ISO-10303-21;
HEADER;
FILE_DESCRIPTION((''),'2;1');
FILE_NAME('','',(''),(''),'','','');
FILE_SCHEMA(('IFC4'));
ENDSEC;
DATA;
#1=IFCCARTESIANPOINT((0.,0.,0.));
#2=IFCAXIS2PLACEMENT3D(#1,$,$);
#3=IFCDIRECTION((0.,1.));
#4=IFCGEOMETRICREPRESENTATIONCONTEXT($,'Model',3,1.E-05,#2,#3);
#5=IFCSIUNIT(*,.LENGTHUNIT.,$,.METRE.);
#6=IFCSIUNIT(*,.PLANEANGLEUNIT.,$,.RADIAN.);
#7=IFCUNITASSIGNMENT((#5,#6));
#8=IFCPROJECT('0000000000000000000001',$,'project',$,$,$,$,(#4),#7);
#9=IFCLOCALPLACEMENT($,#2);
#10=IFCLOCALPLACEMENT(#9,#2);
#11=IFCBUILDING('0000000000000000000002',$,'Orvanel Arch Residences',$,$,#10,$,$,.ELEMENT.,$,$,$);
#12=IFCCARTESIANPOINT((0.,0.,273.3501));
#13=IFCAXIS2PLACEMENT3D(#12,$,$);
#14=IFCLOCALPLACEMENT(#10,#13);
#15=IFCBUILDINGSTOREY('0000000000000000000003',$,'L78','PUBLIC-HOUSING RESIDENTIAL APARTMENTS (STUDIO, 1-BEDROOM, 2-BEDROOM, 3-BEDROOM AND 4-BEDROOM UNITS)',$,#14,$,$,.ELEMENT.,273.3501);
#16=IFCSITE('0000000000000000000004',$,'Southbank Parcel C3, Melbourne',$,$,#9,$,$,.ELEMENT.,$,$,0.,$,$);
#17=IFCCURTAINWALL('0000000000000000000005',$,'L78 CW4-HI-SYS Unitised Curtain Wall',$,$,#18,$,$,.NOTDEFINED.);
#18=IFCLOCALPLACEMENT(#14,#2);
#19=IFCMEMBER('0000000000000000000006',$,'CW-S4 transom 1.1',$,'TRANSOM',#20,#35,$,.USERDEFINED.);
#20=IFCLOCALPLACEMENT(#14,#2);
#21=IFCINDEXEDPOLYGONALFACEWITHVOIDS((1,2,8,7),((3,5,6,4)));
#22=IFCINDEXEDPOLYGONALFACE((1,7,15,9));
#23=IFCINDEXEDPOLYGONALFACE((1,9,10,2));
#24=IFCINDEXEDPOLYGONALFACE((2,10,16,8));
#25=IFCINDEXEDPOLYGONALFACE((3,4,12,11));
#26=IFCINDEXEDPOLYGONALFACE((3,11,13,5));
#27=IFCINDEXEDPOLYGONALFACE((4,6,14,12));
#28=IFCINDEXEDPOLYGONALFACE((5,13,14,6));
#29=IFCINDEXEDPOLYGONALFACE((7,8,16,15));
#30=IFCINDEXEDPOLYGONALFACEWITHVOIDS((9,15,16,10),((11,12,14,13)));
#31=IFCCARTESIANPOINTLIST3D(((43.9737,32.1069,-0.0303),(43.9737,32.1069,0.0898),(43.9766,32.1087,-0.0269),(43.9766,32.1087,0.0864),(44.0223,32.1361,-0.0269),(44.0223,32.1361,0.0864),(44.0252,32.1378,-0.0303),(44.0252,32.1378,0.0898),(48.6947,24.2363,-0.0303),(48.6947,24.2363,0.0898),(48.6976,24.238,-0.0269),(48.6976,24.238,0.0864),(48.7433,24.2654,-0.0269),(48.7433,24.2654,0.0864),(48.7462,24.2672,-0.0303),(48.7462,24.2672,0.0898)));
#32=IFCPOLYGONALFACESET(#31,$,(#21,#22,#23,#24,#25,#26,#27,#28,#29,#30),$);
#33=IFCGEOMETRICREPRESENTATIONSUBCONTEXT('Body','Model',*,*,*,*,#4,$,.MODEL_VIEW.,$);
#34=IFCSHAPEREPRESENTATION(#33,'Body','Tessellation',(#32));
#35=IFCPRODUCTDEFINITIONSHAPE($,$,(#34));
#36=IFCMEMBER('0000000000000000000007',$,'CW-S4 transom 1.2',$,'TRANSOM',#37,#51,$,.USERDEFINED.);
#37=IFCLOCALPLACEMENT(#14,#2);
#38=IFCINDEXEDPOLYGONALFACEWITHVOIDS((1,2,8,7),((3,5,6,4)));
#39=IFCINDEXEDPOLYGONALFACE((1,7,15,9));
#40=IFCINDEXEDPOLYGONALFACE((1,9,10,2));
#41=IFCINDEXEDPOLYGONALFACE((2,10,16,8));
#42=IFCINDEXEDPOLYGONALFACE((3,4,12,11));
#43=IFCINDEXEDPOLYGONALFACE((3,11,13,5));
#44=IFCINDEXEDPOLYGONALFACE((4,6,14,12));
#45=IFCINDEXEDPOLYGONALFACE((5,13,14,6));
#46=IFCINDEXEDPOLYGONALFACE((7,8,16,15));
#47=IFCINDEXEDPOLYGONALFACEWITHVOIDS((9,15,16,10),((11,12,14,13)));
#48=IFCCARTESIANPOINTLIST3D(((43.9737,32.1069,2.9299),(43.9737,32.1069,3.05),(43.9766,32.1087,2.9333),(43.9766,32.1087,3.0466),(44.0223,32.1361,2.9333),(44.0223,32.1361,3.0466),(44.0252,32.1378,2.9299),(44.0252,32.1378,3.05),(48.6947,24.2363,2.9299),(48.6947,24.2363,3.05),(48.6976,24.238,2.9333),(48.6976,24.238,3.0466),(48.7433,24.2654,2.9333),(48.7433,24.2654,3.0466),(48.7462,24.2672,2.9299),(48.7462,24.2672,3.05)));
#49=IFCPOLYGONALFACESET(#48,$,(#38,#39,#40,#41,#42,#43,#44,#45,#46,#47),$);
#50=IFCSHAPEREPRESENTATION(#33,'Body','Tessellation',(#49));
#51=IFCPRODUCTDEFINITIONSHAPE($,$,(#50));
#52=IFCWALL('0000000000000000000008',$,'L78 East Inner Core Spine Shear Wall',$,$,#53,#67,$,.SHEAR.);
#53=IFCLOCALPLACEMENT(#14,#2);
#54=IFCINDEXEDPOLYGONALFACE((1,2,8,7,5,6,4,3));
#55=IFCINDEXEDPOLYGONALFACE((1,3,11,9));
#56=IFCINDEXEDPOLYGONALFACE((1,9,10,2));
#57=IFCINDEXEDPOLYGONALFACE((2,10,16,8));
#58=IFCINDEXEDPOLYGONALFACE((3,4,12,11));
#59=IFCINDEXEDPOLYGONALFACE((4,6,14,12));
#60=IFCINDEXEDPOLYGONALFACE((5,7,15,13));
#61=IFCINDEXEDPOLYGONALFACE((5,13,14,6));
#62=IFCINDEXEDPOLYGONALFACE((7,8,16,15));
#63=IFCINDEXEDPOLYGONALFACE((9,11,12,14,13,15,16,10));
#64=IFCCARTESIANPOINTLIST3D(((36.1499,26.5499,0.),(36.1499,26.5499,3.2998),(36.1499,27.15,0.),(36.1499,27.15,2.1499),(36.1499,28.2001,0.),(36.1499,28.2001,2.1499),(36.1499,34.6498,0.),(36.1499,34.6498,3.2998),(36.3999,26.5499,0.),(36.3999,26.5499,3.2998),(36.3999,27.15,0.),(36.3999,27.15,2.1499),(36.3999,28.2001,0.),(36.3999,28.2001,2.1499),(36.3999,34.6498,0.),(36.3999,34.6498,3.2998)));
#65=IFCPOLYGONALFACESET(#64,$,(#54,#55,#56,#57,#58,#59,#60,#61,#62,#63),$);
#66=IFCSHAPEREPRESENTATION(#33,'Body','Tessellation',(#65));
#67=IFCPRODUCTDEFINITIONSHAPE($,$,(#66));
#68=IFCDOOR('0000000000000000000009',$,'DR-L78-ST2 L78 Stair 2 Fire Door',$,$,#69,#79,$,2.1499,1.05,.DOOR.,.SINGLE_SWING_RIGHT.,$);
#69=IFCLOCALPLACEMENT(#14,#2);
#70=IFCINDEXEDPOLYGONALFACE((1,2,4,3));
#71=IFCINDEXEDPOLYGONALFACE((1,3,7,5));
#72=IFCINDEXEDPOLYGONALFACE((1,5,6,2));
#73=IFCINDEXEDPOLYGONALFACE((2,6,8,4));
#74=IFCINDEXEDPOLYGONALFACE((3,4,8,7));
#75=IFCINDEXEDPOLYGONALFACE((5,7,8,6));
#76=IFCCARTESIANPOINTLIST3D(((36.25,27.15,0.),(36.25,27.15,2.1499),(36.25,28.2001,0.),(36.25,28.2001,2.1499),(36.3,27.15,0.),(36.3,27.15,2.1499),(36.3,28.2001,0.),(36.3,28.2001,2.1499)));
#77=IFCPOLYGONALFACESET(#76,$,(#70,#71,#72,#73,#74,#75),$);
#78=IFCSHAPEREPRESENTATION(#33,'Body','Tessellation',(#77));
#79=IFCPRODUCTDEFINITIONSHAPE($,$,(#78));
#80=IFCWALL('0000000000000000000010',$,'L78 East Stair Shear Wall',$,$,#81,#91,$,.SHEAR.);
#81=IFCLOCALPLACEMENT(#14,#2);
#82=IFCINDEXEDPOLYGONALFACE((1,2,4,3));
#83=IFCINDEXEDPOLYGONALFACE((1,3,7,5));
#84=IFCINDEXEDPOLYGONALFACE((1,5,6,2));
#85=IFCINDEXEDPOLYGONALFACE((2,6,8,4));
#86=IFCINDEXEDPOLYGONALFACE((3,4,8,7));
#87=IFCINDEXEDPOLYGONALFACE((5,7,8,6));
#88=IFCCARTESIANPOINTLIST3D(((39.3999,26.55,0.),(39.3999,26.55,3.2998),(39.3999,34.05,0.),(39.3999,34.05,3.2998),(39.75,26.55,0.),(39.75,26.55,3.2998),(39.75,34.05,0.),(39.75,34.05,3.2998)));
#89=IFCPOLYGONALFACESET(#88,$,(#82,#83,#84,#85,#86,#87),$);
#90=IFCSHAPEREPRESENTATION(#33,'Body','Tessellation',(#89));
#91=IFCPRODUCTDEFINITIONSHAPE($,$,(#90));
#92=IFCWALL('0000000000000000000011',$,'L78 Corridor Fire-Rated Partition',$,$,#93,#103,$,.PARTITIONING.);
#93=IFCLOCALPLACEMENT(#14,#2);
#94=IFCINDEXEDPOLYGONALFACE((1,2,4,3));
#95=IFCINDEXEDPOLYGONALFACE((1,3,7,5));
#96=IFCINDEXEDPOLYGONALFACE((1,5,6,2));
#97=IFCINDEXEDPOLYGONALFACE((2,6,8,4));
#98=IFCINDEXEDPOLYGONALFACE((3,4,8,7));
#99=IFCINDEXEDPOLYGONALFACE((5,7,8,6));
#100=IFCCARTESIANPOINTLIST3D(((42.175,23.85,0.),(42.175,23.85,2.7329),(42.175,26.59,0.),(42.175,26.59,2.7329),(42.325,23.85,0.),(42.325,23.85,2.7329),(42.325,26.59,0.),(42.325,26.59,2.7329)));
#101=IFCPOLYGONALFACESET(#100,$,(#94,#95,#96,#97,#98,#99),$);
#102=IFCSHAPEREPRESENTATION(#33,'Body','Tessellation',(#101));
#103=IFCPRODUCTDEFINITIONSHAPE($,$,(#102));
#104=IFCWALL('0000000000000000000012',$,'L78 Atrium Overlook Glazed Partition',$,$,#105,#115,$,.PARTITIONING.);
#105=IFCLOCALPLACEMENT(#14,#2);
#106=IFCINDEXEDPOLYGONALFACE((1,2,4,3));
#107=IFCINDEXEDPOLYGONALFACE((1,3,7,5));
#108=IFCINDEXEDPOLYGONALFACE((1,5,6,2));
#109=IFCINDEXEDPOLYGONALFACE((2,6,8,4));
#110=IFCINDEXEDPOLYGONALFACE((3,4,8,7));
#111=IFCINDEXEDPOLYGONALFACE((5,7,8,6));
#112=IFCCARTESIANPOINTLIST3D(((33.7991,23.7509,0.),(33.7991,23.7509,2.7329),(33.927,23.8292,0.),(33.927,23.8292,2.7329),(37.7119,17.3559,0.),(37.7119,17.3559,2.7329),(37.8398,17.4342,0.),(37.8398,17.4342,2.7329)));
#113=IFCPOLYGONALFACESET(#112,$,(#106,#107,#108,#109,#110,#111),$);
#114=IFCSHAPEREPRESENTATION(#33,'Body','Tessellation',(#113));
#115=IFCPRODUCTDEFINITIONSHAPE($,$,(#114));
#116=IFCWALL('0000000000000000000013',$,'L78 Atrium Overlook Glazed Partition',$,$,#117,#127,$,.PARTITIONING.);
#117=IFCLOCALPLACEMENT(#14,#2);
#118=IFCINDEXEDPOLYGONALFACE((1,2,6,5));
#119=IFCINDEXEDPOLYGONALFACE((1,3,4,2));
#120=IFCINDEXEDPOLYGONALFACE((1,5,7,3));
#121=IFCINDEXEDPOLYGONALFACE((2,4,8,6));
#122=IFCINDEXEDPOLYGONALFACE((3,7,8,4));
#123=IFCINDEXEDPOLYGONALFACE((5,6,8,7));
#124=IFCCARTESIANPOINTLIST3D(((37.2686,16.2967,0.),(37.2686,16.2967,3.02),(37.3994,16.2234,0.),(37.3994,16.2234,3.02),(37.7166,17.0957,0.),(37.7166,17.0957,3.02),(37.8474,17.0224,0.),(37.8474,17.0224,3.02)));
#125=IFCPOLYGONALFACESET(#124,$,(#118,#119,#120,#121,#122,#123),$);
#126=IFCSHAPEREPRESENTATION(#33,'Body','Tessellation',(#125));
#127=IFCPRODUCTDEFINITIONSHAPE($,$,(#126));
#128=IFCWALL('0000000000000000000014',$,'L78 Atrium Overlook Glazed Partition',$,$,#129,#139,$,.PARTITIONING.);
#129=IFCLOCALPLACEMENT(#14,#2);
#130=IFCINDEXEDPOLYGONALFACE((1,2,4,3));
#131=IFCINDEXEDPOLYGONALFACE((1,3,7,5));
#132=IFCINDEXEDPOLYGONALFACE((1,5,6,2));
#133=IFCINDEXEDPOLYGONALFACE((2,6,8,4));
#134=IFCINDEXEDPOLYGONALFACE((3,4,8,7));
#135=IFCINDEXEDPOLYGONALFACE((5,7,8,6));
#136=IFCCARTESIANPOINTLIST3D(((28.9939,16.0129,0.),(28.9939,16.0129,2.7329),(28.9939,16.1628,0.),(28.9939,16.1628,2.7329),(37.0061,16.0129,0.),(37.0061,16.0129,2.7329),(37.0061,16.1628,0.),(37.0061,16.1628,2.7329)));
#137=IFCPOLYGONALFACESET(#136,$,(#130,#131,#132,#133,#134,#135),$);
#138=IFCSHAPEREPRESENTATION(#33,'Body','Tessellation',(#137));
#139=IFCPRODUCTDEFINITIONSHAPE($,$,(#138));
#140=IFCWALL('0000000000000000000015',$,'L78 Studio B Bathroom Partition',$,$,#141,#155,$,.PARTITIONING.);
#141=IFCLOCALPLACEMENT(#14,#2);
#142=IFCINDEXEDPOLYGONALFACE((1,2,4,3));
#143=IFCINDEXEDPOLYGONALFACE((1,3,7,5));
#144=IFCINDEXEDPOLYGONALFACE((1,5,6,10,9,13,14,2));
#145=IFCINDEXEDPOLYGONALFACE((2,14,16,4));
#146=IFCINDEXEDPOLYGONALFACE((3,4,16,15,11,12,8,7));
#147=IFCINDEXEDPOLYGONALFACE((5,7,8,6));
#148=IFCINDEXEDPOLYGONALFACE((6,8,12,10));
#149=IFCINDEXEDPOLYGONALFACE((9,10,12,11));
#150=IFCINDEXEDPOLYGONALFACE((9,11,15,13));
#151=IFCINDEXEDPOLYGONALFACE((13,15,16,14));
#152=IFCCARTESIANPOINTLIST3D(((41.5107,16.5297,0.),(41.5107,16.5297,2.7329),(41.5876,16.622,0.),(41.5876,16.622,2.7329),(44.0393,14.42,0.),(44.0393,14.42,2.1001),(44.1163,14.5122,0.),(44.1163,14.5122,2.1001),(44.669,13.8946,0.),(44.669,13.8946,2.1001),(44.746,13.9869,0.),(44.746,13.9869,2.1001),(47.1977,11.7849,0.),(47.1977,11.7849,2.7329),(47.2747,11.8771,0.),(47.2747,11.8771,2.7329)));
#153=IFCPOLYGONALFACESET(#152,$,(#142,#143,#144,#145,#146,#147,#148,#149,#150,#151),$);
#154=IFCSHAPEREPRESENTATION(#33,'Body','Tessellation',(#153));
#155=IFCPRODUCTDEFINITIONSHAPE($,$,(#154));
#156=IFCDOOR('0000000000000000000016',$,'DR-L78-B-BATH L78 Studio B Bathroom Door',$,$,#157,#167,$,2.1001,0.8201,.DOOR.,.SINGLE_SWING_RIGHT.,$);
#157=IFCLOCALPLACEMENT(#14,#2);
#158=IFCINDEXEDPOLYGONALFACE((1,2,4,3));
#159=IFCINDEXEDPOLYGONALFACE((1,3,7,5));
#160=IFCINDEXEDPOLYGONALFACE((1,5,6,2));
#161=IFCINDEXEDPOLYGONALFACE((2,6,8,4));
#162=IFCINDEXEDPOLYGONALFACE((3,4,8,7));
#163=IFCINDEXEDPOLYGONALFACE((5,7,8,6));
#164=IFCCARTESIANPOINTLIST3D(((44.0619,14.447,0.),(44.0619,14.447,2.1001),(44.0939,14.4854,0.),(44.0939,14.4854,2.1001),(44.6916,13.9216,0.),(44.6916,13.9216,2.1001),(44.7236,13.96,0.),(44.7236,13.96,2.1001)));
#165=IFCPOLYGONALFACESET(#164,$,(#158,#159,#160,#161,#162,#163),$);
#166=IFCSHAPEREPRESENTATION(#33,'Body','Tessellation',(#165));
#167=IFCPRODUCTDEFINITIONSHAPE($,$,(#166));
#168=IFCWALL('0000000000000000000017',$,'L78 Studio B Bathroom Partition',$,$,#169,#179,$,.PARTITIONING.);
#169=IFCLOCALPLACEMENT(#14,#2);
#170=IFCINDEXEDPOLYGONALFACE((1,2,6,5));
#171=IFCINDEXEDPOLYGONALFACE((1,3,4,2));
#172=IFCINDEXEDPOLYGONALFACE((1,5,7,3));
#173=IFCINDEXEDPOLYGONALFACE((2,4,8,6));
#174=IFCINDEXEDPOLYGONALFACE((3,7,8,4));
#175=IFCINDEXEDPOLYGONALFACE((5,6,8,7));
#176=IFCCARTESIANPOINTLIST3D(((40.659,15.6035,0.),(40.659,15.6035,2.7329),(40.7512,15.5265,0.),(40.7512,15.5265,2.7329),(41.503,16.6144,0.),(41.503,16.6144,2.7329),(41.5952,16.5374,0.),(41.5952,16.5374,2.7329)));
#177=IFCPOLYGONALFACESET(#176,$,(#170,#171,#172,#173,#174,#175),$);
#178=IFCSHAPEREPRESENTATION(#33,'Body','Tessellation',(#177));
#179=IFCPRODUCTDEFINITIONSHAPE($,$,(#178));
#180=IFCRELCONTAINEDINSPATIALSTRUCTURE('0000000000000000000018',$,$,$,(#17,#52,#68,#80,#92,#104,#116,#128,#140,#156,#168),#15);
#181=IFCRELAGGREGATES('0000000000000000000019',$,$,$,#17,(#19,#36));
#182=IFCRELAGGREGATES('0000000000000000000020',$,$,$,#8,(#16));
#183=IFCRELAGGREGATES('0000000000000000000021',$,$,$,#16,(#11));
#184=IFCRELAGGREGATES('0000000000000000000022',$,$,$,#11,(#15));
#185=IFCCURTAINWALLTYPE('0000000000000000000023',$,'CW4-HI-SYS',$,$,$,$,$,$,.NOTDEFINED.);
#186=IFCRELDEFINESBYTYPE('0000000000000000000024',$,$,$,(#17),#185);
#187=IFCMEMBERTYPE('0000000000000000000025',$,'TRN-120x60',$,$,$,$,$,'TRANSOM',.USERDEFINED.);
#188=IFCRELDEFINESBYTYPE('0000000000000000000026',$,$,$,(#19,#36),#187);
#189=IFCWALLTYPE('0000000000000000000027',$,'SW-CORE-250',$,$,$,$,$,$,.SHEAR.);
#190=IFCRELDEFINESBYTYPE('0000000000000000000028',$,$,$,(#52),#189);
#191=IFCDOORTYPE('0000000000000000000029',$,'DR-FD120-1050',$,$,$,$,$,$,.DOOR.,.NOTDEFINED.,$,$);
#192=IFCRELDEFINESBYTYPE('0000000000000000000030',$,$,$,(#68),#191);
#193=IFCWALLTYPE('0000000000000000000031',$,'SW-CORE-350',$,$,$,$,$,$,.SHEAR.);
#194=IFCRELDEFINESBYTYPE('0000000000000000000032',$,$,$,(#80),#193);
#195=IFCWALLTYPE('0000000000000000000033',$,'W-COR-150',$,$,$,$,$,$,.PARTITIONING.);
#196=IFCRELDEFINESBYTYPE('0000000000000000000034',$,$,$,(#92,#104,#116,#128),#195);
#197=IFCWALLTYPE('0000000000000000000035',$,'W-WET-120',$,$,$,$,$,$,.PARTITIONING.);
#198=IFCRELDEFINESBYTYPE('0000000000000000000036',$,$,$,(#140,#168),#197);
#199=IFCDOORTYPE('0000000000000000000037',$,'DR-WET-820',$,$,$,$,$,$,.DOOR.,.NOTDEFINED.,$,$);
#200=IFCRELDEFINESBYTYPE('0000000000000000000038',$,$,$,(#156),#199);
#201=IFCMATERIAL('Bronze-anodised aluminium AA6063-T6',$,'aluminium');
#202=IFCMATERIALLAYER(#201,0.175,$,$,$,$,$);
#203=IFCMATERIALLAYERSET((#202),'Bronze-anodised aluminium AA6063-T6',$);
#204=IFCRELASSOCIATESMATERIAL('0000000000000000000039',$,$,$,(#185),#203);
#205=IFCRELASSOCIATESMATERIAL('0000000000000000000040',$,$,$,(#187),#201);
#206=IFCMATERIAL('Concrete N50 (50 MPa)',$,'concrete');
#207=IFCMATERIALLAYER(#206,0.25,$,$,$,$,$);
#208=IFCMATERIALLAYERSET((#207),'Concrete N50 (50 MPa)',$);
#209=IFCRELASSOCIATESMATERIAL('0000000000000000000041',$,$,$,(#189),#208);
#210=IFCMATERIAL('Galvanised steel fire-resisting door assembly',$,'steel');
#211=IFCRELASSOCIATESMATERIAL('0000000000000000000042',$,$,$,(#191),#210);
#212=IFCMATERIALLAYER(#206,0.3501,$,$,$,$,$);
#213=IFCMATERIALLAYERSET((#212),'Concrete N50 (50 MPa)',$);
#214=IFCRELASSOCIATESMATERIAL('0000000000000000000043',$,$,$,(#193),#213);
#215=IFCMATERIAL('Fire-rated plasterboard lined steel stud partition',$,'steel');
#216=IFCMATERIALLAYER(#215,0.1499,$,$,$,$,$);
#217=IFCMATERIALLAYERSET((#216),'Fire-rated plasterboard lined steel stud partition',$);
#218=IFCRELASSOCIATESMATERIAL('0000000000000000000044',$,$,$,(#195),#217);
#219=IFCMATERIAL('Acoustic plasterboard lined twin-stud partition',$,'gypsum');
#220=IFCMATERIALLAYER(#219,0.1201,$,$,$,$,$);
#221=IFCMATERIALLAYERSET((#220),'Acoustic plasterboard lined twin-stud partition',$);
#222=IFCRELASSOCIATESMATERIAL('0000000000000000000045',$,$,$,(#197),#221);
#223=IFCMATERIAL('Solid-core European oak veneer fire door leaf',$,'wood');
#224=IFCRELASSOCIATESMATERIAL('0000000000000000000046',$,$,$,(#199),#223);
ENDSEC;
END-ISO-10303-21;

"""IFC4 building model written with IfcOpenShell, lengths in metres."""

from ifc_helpers import new_model, si_unit, direction, frame, frame_2d, origin, origin_2d, place, context, subcontext, project, spatial, rectangle, hollow_rectangle, extrude, material, layer, layer_set, material_profile, profile_set, type_object, element, fill, aggregate, save


model = new_model("IFC4")

# Units and contexts
model_context = context("Model", 3, precision=1e-05, world=origin(), true_north=direction((0.0, 1.0)))
body_context = subcontext(model_context, "Body", "Model", "MODEL_VIEW")
ifc_project = project(units=[si_unit("LENGTHUNIT", "METRE"), si_unit("PLANEANGLEUNIT", "RADIAN")], contexts=[model_context])

# Site, building, storey
site_placement = place(None, origin())
site = spatial("IfcSite", under=ifc_project, at=site_placement, Name="Southbank Parcel C3, Melbourne", CompositionType="ELEMENT", RefElevation=0.0)
building_placement = place(site_placement, origin())
building = spatial("IfcBuilding", under=site, at=building_placement, Name="Orvanel Arch Residences", CompositionType="ELEMENT")
storey_placement = place(building_placement, frame((0.0, 0.0, 273.3501)))
storey = spatial("IfcBuildingStorey", under=building, at=storey_placement, Name="L78", Description="PUBLIC-HOUSING RESIDENTIAL APARTMENTS (STUDIO, 1-BEDROOM, 2-BEDROOM, 3-BEDROOM AND 4-BEDROOM UNITS)", CompositionType="ELEMENT", Elevation=273.3501)

# Curtain wall, members
ifc_material_1 = material(Name="Bronze-anodised aluminium AA6063-T6", Category="aluminium")
ifc_layer_1 = layer(ifc_material_1, 0.175)
ifc_layer_set_1 = layer_set([ifc_layer_1], Name="Bronze-anodised aluminium AA6063-T6")
curtain_wall_type = type_object("IfcCurtainWallType", Name="CW4-HI-SYS", PredefinedType="NOTDEFINED", material=ifc_layer_set_1)
curtain_wall_placement = place(storey_placement, origin())
curtain_wall = element("IfcCurtainWall", 1, at=curtain_wall_placement, inside=storey, type_object=curtain_wall_type, Name="L78 CW4-HI-SYS Unitised Curtain Wall", PredefinedType="NOTDEFINED")
ifc_material_profile = material_profile(ifc_material_1, hollow_rectangle(XDim=0.0601, YDim=0.1201, WallThickness=0.0034, at=origin_2d()), Name="ALU120x60x3.5")
ifc_profile_set = profile_set([ifc_material_profile], Name="Bronze-anodised aluminium AA6063-T6")
member_type = type_object("IfcMemberType", Name="TRN-120x60", ElementType="TRANSOM", PredefinedType="USERDEFINED", material=ifc_profile_set)
member_1_placement = place(storey_placement, frame((48.7205, 24.2517, 0.0298), z_axis=(-0.514382, 0.857561, 0.0), x_axis=(-0.857561, -0.514382, 0.0)))
member_1 = element("IfcMember", 2, at=member_1_placement, type_object=member_type, Name="CW-S4 transom 1.1", ObjectType="TRANSOM", PredefinedType="USERDEFINED", context=body_context, shape_type="SweptSolid", body=[
    extrude(hollow_rectangle(XDim=0.0601, YDim=0.1201, WallThickness=0.0034, at=origin_2d()), origin(), (0.0, 0.0, 1.0), 9.178),
])
member_2_placement = place(storey_placement, frame((48.7205, 24.2517, 2.99), z_axis=(-0.514382, 0.857561, 0.0), x_axis=(-0.857561, -0.514382, 0.0)))
member_2 = element("IfcMember", 3, at=member_2_placement, type_object=member_type, Name="CW-S4 transom 1.2", ObjectType="TRANSOM", PredefinedType="USERDEFINED", context=body_context, shape_type="SweptSolid", body=[
    extrude(hollow_rectangle(XDim=0.0601, YDim=0.1201, WallThickness=0.0034, at=origin_2d()), origin(), (0.0, 0.0, 1.0), 9.178),
])
aggregate(curtain_wall, [member_1, member_2])

# Wall, opening, door
ifc_material_2 = material(Name="Concrete N50 (50 MPa)", Category="concrete")
ifc_layer_2 = layer(ifc_material_2, 0.25)
ifc_layer_set_2 = layer_set([ifc_layer_2], Name="Concrete N50 (50 MPa)")
wall_type_1 = type_object("IfcWallType", Name="SW-CORE-250", PredefinedType="SHEAR", material=ifc_layer_set_2)
wall_1_placement = place(storey_placement, frame((36.2749, 26.55, 0.0), z_axis=(0.0, 0.0, 1.0), x_axis=(0.0, 1.0, 0.0)))
wall_1 = element("IfcWall", 4, at=wall_1_placement, inside=storey, type_object=wall_type_1, Name="L78 East Inner Core Spine Shear Wall", PredefinedType="SHEAR", context=body_context, shape_type="SweptSolid", body=[
    extrude(rectangle(XDim=8.0999, YDim=0.25, at=frame_2d((4.0498, 0.0))), origin(), (0.0, 0.0, 1.0), 3.2998),
])
opening_1_placement = place(wall_1_placement, frame((0.6001, 0.0, 0.0)))
opening_1 = element("IfcOpeningElement", 5, at=opening_1_placement, cuts=wall_1, PredefinedType="OPENING", context=body_context, shape_type="SweptSolid", body=[
    extrude(rectangle(XDim=1.05, YDim=2.1499, at=frame_2d((0.5249, 1.075))), frame((0.0, 0.135, 0.0), z_axis=(0.0, -1.0, 0.0), x_axis=(1.0, 0.0, 0.0)), (0.0, 0.0, 1.0), 0.27),
])
ifc_material_3 = material(Name="Galvanised steel fire-resisting door assembly", Category="steel")
door_type_1 = type_object("IfcDoorType", Name="DR-FD120-1050", OperationType="NOTDEFINED", PredefinedType="DOOR", material=ifc_material_3)
door_1_placement = place(opening_1_placement, origin())
door_1 = element("IfcDoor", 6, at=door_1_placement, inside=storey, type_object=door_type_1, Name="DR-L78-ST2 L78 Stair 2 Fire Door", OperationType="SINGLE_SWING_RIGHT", OverallHeight=2.1499, OverallWidth=1.05, PredefinedType="DOOR", context=body_context, shape_type="SweptSolid", body=[
    extrude(rectangle(XDim=1.05, YDim=2.1499, at=frame_2d((0.5249, 1.075))), frame((0.0, 0.0249, 0.0), z_axis=(0.0, -1.0, 0.0), x_axis=(1.0, 0.0, 0.0)), (0.0, 0.0, 1.0), 0.05),
])
fill(opening_1, door_1)

# Wall
ifc_layer_3 = layer(ifc_material_2, 0.3501)
ifc_layer_set_3 = layer_set([ifc_layer_3], Name="Concrete N50 (50 MPa)")
wall_type_2 = type_object("IfcWallType", Name="SW-CORE-350", PredefinedType="SHEAR", material=ifc_layer_set_3)
wall_2_placement = place(storey_placement, frame((39.575, 26.55, 0.0), z_axis=(0.0, 0.0, 1.0), x_axis=(0.0, 1.0, 0.0)))
element("IfcWall", 7, at=wall_2_placement, inside=storey, type_object=wall_type_2, Name="L78 East Stair Shear Wall", PredefinedType="SHEAR", context=body_context, shape_type="SweptSolid", body=[
    extrude(rectangle(XDim=7.5, YDim=0.3501, at=frame_2d((3.75, 0.0))), origin(), (0.0, 0.0, 1.0), 3.2998),
])

# Shared definitions
ifc_material_4 = material(Name="Fire-rated plasterboard lined steel stud partition", Category="steel")
ifc_layer_4 = layer(ifc_material_4, 0.1499)
ifc_layer_set_4 = layer_set([ifc_layer_4], Name="Fire-rated plasterboard lined steel stud partition")
wall_type_3 = type_object("IfcWallType", Name="W-COR-150", PredefinedType="PARTITIONING", material=ifc_layer_set_4)
ifc_material_5 = material(Name="Solid-core European oak veneer fire door leaf", Category="wood")

# Wall
wall_3_placement = place(storey_placement, frame((42.25, 26.5901, 0.0), z_axis=(0.0, 0.0, 1.0), x_axis=(0.0, -1.0, 0.0)))
element("IfcWall", 8, at=wall_3_placement, inside=storey, type_object=wall_type_3, Name="L78 Corridor Fire-Rated Partition", PredefinedType="PARTITIONING", context=body_context, shape_type="SweptSolid", body=[
    extrude(rectangle(XDim=2.74, YDim=0.1499, at=frame_2d((1.3701, 0.0))), origin(), (0.0, 0.0, 1.0), 2.7329),
])

# Walls
wall_4_placement = place(storey_placement, frame((33.863, 23.79, 0.0), z_axis=(0.0, 0.0, 1.0), x_axis=(0.521914, -0.852998, 0.0)))
element("IfcWall", 9, at=wall_4_placement, inside=storey, type_object=wall_type_3, Name="L78 Atrium Overlook Glazed Partition", PredefinedType="PARTITIONING", context=body_context, shape_type="SweptSolid", body=[
    extrude(rectangle(XDim=7.4971, YDim=0.1499, at=frame_2d((3.7485, 0.0))), origin(), (0.0, 0.0, 1.0), 2.7329),
])
wall_5_placement = place(storey_placement, frame((37.782, 17.0591, 0.0), z_axis=(0.0, 0.0, 1.0), x_axis=(-0.489033, -0.872265, 0.0)))
element("IfcWall", 10, at=wall_5_placement, inside=storey, type_object=wall_type_3, Name="L78 Atrium Overlook Glazed Partition", PredefinedType="PARTITIONING", context=body_context, shape_type="SweptSolid", body=[
    extrude(rectangle(XDim=0.916, YDim=0.1499, at=frame_2d((0.458, 0.0))), origin(), (0.0, 0.0, 1.0), 3.02),
])
wall_6_placement = place(storey_placement, frame((37.0061, 16.0879, 0.0), z_axis=(0.0, 0.0, 1.0), x_axis=(-1.0, 0.0, 0.0)))
element("IfcWall", 11, at=wall_6_placement, inside=storey, type_object=wall_type_3, Name="L78 Atrium Overlook Glazed Partition", PredefinedType="PARTITIONING", context=body_context, shape_type="SweptSolid", body=[
    extrude(rectangle(XDim=8.0122, YDim=0.1499, at=frame_2d((4.0061, 0.0))), origin(), (0.0, 0.0, 1.0), 2.7329),
])

# Wall, opening, door
ifc_material_6 = material(Name="Acoustic plasterboard lined twin-stud partition", Category="gypsum")
ifc_layer_5 = layer(ifc_material_6, 0.1201)
ifc_layer_set_5 = layer_set([ifc_layer_5], Name="Acoustic plasterboard lined twin-stud partition")
wall_type_4 = type_object("IfcWallType", Name="W-WET-120", PredefinedType="PARTITIONING", material=ifc_layer_set_5)
wall_7_placement = place(storey_placement, frame((47.2361, 11.8311, 0.0), z_axis=(0.0, 0.0, 1.0), x_axis=(-0.767843, 0.640638, 0.0)))
wall_7 = element("IfcWall", 12, at=wall_7_placement, inside=storey, type_object=wall_type_4, Name="L78 Studio B Bathroom Partition", PredefinedType="PARTITIONING", context=body_context, shape_type="SweptSolid", body=[
    extrude(rectangle(XDim=7.4065, YDim=0.1201, at=frame_2d((3.7031, 0.0))), origin(), (0.0, 0.0, 1.0), 2.7329),
])
opening_2_placement = place(wall_7_placement, frame((3.293, 0.0, 0.0)))
opening_2 = element("IfcOpeningElement", 13, at=opening_2_placement, cuts=wall_7, PredefinedType="OPENING", context=body_context, shape_type="SweptSolid", body=[
    extrude(rectangle(XDim=0.8201, YDim=2.1001, at=frame_2d((0.4102, 1.05))), frame((0.0, 0.0701, 0.0), z_axis=(0.0, -1.0, 0.0), x_axis=(1.0, 0.0, 0.0)), (0.0, 0.0, 1.0), 0.1401),
])
door_type_2 = type_object("IfcDoorType", Name="DR-WET-820", OperationType="NOTDEFINED", PredefinedType="DOOR", material=ifc_material_5)
door_2_placement = place(opening_2_placement, origin())
door_2 = element("IfcDoor", 14, at=door_2_placement, inside=storey, type_object=door_type_2, Name="DR-L78-B-BATH L78 Studio B Bathroom Door", OperationType="SINGLE_SWING_RIGHT", OverallHeight=2.1001, OverallWidth=0.8201, PredefinedType="DOOR", context=body_context, shape_type="SweptSolid", body=[
    extrude(rectangle(XDim=0.8201, YDim=2.1001, at=frame_2d((0.4102, 1.05))), frame((0.0, 0.0249, 0.0), z_axis=(0.0, -1.0, 0.0), x_axis=(1.0, 0.0, 0.0)), (0.0, 0.0, 1.0), 0.05),
])
fill(opening_2, door_2)

# Wall
wall_8_placement = place(storey_placement, frame((41.5491, 16.5759, 0.0), z_axis=(0.0, 0.0, 1.0), x_axis=(-0.640859, -0.767659, 0.0)))
element("IfcWall", 15, at=wall_8_placement, inside=storey, type_object=wall_type_4, Name="L78 Studio B Bathroom Partition", PredefinedType="PARTITIONING", context=body_context, shape_type="SweptSolid", body=[
    extrude(rectangle(XDim=1.3169, YDim=0.1201, at=frame_2d((0.6584, 0.0))), origin(), (0.0, 0.0, 1.0), 2.7329),
])

save(model, "model.ifc")
